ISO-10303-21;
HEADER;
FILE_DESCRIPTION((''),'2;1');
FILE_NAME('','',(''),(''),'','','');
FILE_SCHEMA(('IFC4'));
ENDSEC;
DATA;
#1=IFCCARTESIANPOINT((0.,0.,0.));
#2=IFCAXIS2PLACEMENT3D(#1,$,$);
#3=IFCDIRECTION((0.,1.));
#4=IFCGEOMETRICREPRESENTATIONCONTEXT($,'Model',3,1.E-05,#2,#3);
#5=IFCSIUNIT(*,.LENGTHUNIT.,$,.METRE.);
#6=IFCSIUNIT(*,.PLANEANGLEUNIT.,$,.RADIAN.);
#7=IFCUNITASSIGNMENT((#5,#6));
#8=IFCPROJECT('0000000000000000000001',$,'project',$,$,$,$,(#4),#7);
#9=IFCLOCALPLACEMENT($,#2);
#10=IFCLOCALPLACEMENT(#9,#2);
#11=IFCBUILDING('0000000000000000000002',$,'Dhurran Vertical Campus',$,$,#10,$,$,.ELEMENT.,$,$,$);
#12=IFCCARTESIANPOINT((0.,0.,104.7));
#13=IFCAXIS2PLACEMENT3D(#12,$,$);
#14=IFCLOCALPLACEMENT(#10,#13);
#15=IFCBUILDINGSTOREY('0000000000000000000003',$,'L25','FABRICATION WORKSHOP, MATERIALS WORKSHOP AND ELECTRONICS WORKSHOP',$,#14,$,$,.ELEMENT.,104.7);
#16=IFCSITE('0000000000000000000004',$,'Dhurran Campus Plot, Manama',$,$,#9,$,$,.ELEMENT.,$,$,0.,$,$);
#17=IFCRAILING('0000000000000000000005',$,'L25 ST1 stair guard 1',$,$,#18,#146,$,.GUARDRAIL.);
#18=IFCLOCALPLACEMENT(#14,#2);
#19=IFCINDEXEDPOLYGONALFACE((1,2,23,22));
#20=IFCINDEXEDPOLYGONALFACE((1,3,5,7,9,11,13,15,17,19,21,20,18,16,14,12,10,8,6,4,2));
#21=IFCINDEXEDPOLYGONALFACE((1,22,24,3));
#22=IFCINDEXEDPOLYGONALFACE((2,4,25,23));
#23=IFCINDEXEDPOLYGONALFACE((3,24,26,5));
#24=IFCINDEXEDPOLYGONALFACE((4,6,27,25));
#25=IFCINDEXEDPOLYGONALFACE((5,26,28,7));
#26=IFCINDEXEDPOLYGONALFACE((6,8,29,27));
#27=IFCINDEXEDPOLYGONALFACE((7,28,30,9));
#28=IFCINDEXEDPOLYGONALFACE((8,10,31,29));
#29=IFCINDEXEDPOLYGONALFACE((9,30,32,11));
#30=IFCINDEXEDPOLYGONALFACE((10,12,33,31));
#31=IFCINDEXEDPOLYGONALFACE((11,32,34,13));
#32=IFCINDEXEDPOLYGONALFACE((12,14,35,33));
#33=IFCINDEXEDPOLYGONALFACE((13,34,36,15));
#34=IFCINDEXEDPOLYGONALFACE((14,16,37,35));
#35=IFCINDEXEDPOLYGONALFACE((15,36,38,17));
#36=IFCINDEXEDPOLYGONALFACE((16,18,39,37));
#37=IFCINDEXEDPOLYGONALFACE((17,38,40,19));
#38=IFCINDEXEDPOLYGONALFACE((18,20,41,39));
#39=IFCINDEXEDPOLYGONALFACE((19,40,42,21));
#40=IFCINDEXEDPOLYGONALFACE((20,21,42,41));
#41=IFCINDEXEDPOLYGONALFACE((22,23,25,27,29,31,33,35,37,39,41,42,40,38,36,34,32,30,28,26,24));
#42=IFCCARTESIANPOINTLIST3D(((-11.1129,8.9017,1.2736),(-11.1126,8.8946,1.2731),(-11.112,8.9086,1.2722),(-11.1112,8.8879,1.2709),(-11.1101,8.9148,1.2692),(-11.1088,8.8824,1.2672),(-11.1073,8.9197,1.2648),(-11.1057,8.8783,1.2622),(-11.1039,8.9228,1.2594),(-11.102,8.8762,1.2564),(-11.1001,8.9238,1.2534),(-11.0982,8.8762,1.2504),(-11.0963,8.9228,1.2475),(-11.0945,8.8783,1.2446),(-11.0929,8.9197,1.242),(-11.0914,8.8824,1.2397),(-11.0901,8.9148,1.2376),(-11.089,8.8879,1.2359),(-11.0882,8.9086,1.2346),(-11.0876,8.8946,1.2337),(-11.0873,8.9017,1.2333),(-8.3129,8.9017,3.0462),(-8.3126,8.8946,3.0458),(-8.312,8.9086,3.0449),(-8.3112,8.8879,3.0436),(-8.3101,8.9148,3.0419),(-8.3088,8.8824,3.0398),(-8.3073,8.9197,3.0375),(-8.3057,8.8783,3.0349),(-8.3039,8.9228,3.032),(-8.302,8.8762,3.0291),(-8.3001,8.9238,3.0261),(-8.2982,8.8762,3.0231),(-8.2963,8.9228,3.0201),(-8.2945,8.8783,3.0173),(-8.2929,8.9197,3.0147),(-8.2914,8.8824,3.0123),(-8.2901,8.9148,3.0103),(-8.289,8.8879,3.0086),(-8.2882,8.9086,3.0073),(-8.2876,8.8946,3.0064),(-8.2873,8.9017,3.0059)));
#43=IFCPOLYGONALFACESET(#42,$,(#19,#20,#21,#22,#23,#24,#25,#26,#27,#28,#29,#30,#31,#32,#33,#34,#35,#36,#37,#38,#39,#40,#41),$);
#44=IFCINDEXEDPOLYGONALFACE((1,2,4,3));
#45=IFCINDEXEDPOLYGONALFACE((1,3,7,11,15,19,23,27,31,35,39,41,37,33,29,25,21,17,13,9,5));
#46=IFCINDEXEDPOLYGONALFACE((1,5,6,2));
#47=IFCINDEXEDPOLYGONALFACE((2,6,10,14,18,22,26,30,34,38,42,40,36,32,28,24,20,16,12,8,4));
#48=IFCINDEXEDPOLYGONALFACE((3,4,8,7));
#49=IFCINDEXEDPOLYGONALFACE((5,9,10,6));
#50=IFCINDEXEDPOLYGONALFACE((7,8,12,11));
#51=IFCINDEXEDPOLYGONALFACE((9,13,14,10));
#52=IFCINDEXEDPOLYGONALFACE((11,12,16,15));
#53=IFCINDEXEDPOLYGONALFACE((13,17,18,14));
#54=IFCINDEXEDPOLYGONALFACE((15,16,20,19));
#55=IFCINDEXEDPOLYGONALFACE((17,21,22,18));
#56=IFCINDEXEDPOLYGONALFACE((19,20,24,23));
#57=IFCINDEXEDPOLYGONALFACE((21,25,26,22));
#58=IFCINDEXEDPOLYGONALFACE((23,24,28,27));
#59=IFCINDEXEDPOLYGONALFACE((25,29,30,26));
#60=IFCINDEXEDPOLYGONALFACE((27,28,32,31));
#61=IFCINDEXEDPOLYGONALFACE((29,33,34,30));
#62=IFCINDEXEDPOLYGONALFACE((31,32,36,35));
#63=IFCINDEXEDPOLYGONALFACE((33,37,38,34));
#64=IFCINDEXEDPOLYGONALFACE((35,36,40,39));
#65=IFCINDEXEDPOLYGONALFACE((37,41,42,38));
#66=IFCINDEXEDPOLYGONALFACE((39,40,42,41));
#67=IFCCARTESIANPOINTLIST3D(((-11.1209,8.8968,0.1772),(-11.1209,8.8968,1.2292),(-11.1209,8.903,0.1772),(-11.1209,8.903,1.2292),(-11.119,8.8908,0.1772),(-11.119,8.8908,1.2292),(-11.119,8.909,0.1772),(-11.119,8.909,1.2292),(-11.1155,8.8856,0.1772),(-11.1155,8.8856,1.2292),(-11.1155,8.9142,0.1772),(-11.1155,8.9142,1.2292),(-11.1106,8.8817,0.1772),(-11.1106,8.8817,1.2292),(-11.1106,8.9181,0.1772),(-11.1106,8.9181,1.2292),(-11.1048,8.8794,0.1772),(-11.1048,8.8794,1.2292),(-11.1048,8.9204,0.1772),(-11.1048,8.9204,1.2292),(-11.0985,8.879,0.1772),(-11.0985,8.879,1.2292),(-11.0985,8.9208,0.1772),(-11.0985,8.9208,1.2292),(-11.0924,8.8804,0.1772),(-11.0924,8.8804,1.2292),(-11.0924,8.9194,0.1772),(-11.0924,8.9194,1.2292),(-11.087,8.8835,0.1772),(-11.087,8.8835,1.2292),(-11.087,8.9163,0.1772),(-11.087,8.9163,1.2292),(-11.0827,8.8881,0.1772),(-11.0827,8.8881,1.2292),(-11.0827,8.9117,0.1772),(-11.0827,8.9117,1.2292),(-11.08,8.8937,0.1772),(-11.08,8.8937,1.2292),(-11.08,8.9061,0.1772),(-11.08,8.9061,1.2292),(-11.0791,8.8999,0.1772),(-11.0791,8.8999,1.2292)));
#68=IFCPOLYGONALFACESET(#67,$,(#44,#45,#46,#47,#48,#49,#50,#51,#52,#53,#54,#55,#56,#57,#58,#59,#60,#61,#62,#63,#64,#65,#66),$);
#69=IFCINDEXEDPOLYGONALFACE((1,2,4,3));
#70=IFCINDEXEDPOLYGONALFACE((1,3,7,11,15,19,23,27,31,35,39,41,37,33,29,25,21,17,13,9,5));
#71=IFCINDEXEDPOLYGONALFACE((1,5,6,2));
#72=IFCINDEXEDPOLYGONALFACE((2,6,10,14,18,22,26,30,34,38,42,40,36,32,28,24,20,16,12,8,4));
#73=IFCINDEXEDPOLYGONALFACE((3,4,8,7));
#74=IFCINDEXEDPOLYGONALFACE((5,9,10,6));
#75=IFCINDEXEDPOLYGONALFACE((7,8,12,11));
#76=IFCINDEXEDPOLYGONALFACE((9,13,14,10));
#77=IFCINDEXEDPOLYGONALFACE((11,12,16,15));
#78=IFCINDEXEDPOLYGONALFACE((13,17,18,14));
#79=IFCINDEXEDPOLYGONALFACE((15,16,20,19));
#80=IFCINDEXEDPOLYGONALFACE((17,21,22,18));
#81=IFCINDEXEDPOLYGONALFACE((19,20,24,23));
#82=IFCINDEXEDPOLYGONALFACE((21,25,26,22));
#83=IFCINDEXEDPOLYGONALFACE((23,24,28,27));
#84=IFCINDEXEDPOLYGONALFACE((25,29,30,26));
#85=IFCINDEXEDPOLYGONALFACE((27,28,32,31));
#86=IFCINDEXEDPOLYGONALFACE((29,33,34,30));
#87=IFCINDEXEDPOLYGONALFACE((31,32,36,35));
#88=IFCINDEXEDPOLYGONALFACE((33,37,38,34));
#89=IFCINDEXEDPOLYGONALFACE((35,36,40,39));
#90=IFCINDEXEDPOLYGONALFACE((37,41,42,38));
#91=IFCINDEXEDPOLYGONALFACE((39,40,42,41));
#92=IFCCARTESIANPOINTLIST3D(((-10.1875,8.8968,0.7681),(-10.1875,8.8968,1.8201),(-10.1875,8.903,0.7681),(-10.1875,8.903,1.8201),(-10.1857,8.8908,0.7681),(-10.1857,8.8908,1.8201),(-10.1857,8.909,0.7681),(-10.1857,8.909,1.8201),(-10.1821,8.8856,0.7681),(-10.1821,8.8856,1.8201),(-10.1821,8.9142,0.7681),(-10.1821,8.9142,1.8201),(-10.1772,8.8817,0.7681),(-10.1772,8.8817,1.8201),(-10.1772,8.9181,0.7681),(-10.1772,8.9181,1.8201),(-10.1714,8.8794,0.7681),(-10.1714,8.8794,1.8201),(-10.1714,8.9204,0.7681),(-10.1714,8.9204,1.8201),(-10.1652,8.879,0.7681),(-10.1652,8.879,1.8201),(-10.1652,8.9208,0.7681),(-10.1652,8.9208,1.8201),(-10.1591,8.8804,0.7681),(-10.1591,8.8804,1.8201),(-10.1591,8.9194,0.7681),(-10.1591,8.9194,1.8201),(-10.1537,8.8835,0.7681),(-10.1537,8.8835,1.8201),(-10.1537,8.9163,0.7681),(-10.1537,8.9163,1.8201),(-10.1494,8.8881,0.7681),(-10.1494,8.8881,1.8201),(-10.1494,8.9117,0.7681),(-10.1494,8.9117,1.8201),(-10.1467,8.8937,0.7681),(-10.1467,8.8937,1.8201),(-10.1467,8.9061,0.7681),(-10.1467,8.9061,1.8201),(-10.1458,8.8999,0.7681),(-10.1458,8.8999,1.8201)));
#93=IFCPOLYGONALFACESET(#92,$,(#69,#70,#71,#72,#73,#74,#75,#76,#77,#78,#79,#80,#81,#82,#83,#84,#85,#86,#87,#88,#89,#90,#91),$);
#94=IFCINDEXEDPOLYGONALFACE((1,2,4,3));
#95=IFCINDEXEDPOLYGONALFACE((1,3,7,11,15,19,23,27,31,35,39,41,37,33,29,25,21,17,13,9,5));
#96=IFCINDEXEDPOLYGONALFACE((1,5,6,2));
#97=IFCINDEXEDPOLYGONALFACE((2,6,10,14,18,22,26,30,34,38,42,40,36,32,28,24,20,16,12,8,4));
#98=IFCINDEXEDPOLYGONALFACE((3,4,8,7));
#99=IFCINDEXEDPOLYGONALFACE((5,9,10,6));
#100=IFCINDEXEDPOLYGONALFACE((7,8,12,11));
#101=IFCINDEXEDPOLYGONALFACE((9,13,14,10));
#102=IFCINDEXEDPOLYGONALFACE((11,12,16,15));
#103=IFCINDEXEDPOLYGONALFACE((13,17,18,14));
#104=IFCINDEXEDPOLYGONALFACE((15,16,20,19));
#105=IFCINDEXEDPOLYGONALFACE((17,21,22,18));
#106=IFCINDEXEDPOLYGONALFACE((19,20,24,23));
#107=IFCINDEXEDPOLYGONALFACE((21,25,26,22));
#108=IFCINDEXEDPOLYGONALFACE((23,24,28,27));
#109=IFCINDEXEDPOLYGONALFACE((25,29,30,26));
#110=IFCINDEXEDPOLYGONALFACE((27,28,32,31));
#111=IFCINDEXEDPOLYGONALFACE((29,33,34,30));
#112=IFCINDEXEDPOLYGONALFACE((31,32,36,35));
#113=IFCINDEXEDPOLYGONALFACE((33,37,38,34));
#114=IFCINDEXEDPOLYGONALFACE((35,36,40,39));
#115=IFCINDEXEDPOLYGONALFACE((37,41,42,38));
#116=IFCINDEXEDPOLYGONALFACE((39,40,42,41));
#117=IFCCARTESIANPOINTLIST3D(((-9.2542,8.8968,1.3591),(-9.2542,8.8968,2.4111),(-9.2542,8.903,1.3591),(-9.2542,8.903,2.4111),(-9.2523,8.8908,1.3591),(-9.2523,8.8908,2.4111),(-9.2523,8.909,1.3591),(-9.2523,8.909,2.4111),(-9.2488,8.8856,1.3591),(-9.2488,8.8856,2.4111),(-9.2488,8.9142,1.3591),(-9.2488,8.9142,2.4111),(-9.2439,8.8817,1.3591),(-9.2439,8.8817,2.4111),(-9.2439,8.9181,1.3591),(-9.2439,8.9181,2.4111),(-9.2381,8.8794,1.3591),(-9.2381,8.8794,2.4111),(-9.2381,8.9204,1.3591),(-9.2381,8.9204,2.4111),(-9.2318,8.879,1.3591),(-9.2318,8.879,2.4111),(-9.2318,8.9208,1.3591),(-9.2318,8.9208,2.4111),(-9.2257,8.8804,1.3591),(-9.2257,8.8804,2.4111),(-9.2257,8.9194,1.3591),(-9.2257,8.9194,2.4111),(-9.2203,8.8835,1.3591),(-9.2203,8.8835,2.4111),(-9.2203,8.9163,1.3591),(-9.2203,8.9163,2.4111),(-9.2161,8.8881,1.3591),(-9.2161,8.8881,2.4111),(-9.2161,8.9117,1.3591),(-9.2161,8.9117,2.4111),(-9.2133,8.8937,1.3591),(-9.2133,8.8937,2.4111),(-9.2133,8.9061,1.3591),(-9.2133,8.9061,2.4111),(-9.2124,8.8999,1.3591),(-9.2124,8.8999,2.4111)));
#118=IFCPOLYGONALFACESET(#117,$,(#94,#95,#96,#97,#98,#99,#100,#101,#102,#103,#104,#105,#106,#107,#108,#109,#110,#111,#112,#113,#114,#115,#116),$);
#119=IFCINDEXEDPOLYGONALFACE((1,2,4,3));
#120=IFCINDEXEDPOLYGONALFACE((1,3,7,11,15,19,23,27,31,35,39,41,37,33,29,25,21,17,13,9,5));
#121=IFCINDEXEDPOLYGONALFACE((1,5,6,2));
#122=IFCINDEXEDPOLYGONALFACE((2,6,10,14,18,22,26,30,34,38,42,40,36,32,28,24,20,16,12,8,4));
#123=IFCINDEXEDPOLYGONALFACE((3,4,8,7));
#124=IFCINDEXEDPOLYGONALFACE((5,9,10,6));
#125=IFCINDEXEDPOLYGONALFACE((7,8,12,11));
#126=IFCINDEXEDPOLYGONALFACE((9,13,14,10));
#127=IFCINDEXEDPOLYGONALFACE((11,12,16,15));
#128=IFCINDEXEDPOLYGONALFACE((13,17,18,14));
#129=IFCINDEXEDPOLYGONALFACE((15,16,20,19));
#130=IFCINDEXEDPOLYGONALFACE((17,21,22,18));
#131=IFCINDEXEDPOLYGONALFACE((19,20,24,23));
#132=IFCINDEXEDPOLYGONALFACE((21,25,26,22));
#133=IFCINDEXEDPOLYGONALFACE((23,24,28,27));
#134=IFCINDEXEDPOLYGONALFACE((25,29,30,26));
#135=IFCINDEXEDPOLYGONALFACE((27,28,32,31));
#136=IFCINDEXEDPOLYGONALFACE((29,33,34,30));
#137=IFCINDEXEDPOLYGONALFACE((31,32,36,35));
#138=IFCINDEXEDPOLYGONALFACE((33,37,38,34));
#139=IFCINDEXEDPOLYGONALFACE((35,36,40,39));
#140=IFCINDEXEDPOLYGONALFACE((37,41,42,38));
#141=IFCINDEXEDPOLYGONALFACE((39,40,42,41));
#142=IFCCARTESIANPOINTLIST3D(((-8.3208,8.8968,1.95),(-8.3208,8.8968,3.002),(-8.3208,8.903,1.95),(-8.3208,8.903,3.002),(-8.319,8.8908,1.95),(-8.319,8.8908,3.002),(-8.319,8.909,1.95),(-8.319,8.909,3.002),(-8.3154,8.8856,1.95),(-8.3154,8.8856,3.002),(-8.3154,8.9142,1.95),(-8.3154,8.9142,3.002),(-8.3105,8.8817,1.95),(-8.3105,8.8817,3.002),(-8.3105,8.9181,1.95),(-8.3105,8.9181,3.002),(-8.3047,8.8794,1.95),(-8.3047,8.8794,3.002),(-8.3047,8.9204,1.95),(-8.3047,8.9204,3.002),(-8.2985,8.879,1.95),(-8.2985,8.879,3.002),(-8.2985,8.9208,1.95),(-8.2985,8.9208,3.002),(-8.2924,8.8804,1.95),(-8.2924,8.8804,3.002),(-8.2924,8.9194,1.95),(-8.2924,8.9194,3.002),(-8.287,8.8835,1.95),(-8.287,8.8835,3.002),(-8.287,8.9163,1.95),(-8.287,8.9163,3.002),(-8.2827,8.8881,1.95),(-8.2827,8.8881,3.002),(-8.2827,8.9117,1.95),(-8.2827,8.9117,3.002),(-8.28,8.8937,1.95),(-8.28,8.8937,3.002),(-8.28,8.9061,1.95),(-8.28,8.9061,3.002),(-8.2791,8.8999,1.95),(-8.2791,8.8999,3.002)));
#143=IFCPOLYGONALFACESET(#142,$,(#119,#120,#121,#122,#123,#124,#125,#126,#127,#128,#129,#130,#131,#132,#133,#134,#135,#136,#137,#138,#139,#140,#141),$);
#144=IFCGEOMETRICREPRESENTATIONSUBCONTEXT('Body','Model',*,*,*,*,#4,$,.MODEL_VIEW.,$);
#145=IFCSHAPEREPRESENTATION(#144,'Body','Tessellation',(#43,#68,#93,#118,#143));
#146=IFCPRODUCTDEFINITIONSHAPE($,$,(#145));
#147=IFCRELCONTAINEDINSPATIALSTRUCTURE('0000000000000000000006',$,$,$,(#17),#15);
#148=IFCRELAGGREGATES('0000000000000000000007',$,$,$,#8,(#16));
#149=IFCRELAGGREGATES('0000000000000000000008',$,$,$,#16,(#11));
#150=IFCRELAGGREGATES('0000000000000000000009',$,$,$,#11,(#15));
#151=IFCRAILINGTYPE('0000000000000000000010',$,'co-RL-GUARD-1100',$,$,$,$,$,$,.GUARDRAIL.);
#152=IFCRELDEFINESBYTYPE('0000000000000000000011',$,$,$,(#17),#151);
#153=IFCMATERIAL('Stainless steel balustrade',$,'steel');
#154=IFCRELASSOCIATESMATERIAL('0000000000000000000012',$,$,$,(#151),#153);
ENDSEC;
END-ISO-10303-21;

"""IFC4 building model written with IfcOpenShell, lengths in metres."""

from ifc_helpers import new_model, si_unit, direction, frame, origin, origin_2d, place, context, subcontext, project, spatial, circle, extrude, material, type_object, element, save


model = new_model("IFC4")

# Units and contexts
model_context = context("Model", 3, precision=1e-05, world=origin(), true_north=direction((0.0, 1.0)))
body_context = subcontext(model_context, "Body", "Model", "MODEL_VIEW")
ifc_project = project(units=[si_unit("LENGTHUNIT", "METRE"), si_unit("PLANEANGLEUNIT", "RADIAN")], contexts=[model_context])

# Site, building, storey
site_placement = place(None, origin())
site = spatial("IfcSite", under=ifc_project, at=site_placement, Name="Dhurran Campus Plot, Manama", CompositionType="ELEMENT", RefElevation=0.0)
building_placement = place(site_placement, origin())
building = spatial("IfcBuilding", under=site, at=building_placement, Name="Dhurran Vertical Campus", CompositionType="ELEMENT")
storey_placement = place(building_placement, frame((0.0, 0.0, 104.7)))
storey = spatial("IfcBuildingStorey", under=building, at=storey_placement, Name="L25", Description="FABRICATION WORKSHOP, MATERIALS WORKSHOP AND ELECTRONICS WORKSHOP", CompositionType="ELEMENT", Elevation=104.7)

# Railing
ifc_material_1 = material(Name="Stainless steel balustrade", Category="steel")
railing_type_1 = type_object("IfcRailingType", Name="co-RL-GUARD-1100", PredefinedType="GUARDRAIL", material=ifc_material_1)
railing_1_placement = place(storey_placement, frame((-11.1001, 8.8999, 0.1772)))
element("IfcRailing", 1, at=railing_1_placement, inside=storey, type_object=railing_type_1, Name="L25 ST1 stair guard 1", PredefinedType="GUARDRAIL", context=body_context, shape_type="SweptSolid", body=[
    extrude(circle(Radius=0.0239, at=origin_2d()), frame((0.0, 0.0, 1.0762), z_axis=(0.844909, 0.0, 0.53491), x_axis=(0.0, 1.0, 0.0)), (0.0, 0.0, 1.0), 3.314),
    extrude(circle(Radius=0.021, at=origin_2d()), origin(), (0.0, 0.0, 1.0), 1.052),
    extrude(circle(Radius=0.021, at=origin_2d()), frame((0.9333, 0.0, 0.5908)), (0.0, 0.0, 1.0), 1.052),
    extrude(circle(Radius=0.021, at=origin_2d()), frame((1.8667, 0.0, 1.1819)), (0.0, 0.0, 1.0), 1.052),
    extrude(circle(Radius=0.021, at=origin_2d()), frame((2.8, 0.0, 1.7727)), (0.0, 0.0, 1.0), 1.052),
])

save(model, "model.ifc")
